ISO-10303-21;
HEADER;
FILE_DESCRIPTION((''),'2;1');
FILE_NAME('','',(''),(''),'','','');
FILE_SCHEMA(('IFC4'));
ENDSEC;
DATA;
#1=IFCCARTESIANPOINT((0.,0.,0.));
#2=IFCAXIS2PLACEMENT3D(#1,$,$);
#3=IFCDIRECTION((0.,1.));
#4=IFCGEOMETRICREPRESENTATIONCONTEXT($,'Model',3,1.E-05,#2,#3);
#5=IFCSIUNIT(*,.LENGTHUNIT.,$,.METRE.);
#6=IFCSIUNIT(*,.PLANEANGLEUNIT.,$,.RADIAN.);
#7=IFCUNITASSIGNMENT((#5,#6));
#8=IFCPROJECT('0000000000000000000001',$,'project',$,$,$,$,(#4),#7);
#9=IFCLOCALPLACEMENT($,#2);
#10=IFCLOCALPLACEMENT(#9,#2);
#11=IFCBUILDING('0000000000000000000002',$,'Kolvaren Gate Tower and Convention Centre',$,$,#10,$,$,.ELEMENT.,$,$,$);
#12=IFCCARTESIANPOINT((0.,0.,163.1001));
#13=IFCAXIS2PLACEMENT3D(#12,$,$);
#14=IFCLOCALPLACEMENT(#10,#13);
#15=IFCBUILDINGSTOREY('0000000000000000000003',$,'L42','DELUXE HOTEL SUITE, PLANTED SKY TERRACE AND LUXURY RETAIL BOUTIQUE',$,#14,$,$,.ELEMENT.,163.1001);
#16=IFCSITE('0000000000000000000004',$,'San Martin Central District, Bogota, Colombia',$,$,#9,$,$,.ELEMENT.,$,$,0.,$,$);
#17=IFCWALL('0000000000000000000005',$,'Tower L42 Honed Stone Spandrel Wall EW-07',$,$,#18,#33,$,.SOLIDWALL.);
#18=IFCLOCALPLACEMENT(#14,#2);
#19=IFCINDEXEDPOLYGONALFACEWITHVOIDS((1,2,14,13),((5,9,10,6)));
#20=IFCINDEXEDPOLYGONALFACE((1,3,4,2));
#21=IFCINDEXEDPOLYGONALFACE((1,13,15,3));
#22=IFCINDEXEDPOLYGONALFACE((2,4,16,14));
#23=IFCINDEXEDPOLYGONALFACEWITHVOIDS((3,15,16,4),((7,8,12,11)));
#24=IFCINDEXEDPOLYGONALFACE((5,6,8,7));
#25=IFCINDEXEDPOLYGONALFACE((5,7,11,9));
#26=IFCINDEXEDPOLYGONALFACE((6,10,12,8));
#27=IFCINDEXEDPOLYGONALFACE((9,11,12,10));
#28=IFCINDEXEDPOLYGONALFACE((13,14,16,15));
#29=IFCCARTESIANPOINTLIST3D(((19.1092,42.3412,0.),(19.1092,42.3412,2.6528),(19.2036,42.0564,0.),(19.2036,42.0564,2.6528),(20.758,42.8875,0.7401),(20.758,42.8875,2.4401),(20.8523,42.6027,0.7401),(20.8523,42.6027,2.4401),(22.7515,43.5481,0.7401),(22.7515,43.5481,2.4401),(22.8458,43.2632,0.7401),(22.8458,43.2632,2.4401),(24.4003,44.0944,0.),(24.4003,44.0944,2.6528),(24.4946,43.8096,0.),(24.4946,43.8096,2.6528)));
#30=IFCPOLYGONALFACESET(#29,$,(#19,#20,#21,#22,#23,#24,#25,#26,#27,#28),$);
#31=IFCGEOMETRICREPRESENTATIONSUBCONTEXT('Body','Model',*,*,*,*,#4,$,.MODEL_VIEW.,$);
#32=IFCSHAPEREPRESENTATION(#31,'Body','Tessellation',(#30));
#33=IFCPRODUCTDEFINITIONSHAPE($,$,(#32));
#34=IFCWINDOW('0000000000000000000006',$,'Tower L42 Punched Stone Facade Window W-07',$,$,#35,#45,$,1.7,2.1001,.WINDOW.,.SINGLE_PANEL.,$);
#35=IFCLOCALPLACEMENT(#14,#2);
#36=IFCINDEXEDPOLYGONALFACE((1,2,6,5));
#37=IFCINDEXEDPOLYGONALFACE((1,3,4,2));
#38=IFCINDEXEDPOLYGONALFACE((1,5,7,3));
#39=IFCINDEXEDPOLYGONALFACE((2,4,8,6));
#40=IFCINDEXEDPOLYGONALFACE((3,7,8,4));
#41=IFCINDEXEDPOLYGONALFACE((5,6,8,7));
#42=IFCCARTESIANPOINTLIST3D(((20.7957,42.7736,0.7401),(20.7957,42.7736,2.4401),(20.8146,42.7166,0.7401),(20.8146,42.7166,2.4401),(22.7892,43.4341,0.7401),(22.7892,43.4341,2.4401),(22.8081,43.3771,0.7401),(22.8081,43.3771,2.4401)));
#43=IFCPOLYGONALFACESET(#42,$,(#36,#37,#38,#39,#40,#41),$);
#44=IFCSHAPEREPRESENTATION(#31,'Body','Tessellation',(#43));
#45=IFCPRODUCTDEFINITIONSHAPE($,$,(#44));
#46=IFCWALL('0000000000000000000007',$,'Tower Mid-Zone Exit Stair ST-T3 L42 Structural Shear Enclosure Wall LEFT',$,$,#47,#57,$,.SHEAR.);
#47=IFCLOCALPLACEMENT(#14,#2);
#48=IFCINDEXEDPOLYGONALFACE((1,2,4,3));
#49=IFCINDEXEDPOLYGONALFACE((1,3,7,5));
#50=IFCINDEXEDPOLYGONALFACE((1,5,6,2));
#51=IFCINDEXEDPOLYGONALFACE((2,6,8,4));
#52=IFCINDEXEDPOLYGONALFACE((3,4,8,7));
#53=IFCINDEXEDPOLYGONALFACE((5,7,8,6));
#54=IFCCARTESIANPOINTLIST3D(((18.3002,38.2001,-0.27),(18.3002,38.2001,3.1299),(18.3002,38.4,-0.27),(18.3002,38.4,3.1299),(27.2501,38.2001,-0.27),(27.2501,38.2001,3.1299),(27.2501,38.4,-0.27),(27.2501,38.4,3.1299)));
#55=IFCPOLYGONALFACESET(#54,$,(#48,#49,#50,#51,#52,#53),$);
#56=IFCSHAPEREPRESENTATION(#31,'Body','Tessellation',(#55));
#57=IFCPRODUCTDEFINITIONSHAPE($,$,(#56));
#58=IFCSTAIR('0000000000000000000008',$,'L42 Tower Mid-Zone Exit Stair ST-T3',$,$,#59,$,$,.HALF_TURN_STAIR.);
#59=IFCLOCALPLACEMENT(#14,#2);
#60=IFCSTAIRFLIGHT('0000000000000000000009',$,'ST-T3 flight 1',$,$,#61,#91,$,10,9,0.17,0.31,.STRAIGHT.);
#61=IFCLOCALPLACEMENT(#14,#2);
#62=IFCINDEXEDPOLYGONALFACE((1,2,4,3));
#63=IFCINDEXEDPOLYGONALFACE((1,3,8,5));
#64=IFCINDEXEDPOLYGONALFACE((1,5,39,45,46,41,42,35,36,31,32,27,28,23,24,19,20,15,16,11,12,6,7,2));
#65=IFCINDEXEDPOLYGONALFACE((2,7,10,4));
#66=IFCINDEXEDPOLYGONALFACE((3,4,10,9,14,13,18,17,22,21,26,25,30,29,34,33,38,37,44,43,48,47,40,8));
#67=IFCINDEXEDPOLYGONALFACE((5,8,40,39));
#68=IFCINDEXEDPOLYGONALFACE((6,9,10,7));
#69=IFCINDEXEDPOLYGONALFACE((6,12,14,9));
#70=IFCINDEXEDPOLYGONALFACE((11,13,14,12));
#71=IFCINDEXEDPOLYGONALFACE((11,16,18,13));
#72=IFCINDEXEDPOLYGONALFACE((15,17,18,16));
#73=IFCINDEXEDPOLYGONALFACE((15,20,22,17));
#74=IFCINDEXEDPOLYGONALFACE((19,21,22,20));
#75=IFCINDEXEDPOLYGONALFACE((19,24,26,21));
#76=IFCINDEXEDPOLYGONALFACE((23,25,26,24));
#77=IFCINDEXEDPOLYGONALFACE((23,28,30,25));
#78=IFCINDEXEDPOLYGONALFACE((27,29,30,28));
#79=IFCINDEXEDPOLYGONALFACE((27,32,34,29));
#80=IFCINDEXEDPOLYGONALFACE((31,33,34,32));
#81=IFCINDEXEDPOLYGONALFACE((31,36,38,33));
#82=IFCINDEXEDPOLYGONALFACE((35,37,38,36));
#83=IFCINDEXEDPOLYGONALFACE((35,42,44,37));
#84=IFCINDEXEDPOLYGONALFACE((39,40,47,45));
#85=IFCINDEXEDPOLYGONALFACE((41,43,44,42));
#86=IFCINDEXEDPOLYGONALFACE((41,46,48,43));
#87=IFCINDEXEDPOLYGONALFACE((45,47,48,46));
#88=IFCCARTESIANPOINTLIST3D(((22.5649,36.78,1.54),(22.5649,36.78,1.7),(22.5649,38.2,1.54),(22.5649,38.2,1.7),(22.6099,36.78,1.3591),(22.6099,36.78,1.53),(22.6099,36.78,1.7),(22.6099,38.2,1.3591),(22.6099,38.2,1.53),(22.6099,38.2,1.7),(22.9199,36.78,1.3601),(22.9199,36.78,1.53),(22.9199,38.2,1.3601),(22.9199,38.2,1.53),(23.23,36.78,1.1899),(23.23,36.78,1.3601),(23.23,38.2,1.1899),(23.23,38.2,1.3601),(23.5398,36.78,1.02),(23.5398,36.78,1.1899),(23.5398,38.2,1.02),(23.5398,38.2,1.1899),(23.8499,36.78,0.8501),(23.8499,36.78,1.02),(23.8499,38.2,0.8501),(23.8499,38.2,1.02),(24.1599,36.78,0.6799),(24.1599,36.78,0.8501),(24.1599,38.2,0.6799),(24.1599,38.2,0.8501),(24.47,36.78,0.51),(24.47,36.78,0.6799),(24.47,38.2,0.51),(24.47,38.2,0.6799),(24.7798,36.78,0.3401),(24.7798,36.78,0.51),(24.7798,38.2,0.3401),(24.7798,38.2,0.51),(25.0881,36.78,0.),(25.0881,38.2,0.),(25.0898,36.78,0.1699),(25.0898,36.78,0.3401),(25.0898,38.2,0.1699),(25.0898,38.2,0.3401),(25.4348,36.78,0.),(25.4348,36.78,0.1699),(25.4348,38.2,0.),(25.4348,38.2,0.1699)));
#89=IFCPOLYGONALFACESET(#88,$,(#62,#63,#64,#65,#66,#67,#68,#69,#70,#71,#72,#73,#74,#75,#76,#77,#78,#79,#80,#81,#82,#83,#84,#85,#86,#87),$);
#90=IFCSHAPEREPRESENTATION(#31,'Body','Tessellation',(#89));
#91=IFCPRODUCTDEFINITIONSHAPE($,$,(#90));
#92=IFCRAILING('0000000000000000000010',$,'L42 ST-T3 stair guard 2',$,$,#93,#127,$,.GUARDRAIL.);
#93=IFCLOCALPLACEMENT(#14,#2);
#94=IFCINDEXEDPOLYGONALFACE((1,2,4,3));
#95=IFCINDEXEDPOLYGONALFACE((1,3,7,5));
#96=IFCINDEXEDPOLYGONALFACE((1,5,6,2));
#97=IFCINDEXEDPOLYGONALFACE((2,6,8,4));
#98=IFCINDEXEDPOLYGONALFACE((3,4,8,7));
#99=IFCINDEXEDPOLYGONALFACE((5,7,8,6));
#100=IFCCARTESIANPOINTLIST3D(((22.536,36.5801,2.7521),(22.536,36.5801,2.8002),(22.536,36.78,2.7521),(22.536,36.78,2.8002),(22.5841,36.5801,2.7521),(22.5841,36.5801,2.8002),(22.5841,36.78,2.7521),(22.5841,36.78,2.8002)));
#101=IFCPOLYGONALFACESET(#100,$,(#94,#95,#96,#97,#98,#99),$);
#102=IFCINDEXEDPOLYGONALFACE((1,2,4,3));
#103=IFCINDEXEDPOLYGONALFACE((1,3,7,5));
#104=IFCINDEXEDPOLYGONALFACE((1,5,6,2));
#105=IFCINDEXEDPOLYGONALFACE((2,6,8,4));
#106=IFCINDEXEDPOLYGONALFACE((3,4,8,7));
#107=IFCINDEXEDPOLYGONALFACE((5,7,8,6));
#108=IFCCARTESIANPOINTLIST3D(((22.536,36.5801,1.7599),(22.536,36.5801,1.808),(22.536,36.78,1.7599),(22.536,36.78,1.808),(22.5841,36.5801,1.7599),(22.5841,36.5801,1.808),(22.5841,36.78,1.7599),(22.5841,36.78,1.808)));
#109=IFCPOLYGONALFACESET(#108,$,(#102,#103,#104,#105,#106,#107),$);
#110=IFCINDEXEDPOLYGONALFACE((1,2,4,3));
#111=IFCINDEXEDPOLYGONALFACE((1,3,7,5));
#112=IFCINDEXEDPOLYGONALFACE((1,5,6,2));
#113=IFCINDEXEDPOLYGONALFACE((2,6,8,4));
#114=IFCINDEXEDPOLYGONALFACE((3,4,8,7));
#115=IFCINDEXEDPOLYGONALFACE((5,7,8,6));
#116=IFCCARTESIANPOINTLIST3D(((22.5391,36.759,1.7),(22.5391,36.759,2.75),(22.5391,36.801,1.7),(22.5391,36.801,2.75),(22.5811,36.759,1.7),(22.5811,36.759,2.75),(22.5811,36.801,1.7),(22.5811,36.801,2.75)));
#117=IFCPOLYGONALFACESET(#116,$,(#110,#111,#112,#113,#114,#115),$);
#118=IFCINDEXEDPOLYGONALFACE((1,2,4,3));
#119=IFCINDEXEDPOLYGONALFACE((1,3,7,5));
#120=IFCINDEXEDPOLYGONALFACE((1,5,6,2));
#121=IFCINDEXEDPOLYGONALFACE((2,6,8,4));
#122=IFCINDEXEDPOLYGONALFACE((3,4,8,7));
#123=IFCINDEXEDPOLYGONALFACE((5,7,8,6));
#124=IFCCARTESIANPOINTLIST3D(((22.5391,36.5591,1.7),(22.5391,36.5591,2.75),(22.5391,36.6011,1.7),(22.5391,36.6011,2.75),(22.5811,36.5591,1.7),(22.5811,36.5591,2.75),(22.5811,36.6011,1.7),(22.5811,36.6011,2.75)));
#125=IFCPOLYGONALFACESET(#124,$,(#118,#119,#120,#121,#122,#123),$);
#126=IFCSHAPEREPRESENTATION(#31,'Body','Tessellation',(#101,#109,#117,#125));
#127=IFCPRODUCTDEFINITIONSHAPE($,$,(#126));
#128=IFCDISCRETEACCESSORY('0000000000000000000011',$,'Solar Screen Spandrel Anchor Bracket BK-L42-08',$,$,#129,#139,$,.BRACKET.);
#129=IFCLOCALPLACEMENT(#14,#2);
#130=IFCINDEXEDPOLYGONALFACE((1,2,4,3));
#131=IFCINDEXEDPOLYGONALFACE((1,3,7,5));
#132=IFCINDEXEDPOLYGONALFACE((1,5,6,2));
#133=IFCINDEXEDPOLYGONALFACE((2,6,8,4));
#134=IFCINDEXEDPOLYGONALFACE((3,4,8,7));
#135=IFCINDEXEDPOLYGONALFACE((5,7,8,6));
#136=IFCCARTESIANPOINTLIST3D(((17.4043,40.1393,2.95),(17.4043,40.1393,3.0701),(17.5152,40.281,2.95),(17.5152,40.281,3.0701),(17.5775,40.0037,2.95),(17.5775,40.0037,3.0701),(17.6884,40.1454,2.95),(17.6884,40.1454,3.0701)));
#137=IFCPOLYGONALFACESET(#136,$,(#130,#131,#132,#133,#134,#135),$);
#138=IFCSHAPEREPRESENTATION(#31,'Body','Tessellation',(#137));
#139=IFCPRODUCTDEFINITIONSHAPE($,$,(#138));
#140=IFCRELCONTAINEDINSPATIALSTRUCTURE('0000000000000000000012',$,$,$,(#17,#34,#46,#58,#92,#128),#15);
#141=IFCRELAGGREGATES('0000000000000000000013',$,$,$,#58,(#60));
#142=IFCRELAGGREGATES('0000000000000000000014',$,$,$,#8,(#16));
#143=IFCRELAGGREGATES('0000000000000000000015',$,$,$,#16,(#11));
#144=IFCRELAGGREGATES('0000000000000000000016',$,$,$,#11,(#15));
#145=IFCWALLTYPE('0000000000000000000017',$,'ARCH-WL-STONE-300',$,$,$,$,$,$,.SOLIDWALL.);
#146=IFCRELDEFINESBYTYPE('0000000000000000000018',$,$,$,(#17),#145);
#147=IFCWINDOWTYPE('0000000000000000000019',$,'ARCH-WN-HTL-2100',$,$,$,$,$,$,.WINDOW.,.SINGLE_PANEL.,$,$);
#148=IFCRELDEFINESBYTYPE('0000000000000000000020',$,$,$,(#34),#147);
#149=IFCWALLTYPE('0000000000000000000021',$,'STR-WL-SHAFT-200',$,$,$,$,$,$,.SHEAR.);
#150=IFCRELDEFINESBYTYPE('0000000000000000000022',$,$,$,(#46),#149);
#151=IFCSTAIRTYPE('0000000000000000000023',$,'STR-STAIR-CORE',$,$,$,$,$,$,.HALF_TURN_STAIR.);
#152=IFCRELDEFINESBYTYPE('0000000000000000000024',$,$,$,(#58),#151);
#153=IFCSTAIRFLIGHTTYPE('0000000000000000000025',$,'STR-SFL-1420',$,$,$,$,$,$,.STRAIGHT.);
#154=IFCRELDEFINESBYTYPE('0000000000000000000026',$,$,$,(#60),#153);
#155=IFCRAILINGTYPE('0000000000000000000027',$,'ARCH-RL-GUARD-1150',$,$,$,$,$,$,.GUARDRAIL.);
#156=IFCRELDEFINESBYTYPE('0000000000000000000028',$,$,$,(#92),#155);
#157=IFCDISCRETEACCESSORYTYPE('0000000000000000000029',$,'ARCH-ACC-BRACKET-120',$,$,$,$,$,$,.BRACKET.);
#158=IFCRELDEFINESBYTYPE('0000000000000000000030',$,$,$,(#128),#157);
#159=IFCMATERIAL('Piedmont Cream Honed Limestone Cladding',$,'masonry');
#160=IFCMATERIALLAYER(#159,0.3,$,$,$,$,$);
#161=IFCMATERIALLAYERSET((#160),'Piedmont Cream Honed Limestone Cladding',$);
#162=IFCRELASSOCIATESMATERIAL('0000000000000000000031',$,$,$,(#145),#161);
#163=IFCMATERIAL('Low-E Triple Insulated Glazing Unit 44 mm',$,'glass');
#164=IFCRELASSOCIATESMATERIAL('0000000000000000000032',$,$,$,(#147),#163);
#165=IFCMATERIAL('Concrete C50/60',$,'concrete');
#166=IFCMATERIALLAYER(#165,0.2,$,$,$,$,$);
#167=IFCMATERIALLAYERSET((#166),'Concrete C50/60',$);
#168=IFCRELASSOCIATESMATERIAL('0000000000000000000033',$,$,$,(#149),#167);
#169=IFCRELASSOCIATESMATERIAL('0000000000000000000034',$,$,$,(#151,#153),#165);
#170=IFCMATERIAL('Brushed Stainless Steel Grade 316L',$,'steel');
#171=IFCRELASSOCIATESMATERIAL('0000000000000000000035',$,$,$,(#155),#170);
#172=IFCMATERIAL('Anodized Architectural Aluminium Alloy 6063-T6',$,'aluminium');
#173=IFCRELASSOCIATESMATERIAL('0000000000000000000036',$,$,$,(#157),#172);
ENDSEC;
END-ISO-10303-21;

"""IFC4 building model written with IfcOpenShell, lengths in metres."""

from ifc_helpers import new_model, si_unit, direction, frame, frame_2d, origin, origin_2d, place, context, subcontext, project, spatial, polyline, rectangle, outline, extrude, material, layer, layer_set, type_object, element, fill, aggregate, save


model = new_model("IFC4")

# Units and contexts
model_context = context("Model", 3, precision=1e-05, world=origin(), true_north=direction((0.0, 1.0)))
body_context = subcontext(model_context, "Body", "Model", "MODEL_VIEW")
ifc_project = project(units=[si_unit("LENGTHUNIT", "METRE"), si_unit("PLANEANGLEUNIT", "RADIAN")], contexts=[model_context])

# Site, building, storey
site_placement = place(None, origin())
site = spatial("IfcSite", under=ifc_project, at=site_placement, Name="San Martin Central District, Bogota, Colombia", CompositionType="ELEMENT", RefElevation=0.0)
building_placement = place(site_placement, origin())
building = spatial("IfcBuilding", under=site, at=building_placement, Name="Kolvaren Gate Tower and Convention Centre", CompositionType="ELEMENT")
storey_placement = place(building_placement, frame((0.0, 0.0, 163.1001)))
storey = spatial("IfcBuildingStorey", under=building, at=storey_placement, Name="L42", Description="DELUXE HOTEL SUITE, PLANTED SKY TERRACE AND LUXURY RETAIL BOUTIQUE", CompositionType="ELEMENT", Elevation=163.1001)

# Shared definitions
ifc_material_1 = material(Name="Anodized Architectural Aluminium Alloy 6063-T6", Category="aluminium")

# Shared definitions
ifc_material_2 = material(Name="Low-E Triple Insulated Glazing Unit 44 mm", Category="glass")

# Wall, opening, window
ifc_material_3 = material(Name="Piedmont Cream Honed Limestone Cladding", Category="masonry")
ifc_layer_1 = layer(ifc_material_3, 0.3)
ifc_layer_set_1 = layer_set([ifc_layer_1], Name="Piedmont Cream Honed Limestone Cladding")
wall_type_1 = type_object("IfcWallType", Name="ARCH-WL-STONE-300", PredefinedType="SOLIDWALL", material=ifc_layer_set_1)
window_type = type_object("IfcWindowType", Name="ARCH-WN-HTL-2100", PartitioningType="SINGLE_PANEL", PredefinedType="WINDOW", material=ifc_material_2)
wall_1_placement = place(storey_placement, frame((19.1562, 42.1987, 0.0), z_axis=(0.0, 0.0, 1.0), x_axis=(0.949247, 0.314532, 0.0)))
wall_1 = element("IfcWall", 1, at=wall_1_placement, inside=storey, type_object=wall_type_1, Name="Tower L42 Honed Stone Spandrel Wall EW-07", PredefinedType="SOLIDWALL", context=body_context, shape_type="SweptSolid", body=[
    extrude(rectangle(XDim=5.574, YDim=0.3, at=frame_2d((2.7871, 0.0))), origin(), (0.0, 0.0, 1.0), 2.6528),
])
opening_1_placement = place(wall_1_placement, frame((1.7371, 0.0, 0.74)))
opening_1 = element("IfcOpeningElement", 2, at=opening_1_placement, cuts=wall_1, PredefinedType="OPENING", context=body_context, shape_type="SweptSolid", body=[
    extrude(rectangle(XDim=2.1001, YDim=1.7, at=frame_2d((1.05, 0.8501))), frame((0.0, 0.1599, 0.0), z_axis=(0.0, -1.0, 0.0), x_axis=(1.0, 0.0, 0.0)), (0.0, 0.0, 1.0), 0.3201),
])
window_1_placement = place(opening_1_placement, origin())
window_1 = element("IfcWindow", 3, at=window_1_placement, inside=storey, type_object=window_type, Name="Tower L42 Punched Stone Facade Window W-07", OverallHeight=1.7, OverallWidth=2.1001, PartitioningType="SINGLE_PANEL", PredefinedType="WINDOW", context=body_context, shape_type="SweptSolid", body=[
    extrude(rectangle(XDim=2.1001, YDim=1.7, at=frame_2d((1.05, 0.8501))), frame((0.0, 0.03, 0.0), z_axis=(0.0, -1.0, 0.0), x_axis=(1.0, 0.0, 0.0)), (0.0, 0.0, 1.0), 0.0601),
])
fill(opening_1, window_1)

# Wall
ifc_material_4 = material(Name="Concrete C50/60", Category="concrete")
ifc_layer_2 = layer(ifc_material_4, 0.2)
ifc_layer_set_2 = layer_set([ifc_layer_2], Name="Concrete C50/60")
wall_type_2 = type_object("IfcWallType", Name="STR-WL-SHAFT-200", PredefinedType="SHEAR", material=ifc_layer_set_2)
wall_2_placement = place(storey_placement, frame((18.3, 38.3, -0.27), z_axis=(0.0, 0.0, 1.0), x_axis=(1.0, 0.0, 0.0)))
element("IfcWall", 4, at=wall_2_placement, inside=storey, type_object=wall_type_2, Name="Tower Mid-Zone Exit Stair ST-T3 L42 Structural Shear Enclosure Wall LEFT", PredefinedType="SHEAR", context=body_context, shape_type="SweptSolid", body=[
    extrude(rectangle(XDim=8.95, YDim=0.2, at=frame_2d((4.4751, 0.0))), origin(), (0.0, 0.0, 1.0), 3.3999),
])

# Stair, stair flight
stair_type = type_object("IfcStairType", Name="STR-STAIR-CORE", PredefinedType="HALF_TURN_STAIR", material=ifc_material_4)
stair_placement = place(storey_placement, origin())
stair = element("IfcStair", 5, at=stair_placement, inside=storey, type_object=stair_type, Name="L42 Tower Mid-Zone Exit Stair ST-T3", PredefinedType="HALF_TURN_STAIR")
stair_flight_type = type_object("IfcStairFlightType", Name="STR-SFL-1420", PredefinedType="STRAIGHT", material=ifc_material_4)
stair_flight_placement = place(storey_placement, frame((25.3999, 37.49, 0.0), z_axis=(0.0, 0.0, 1.0), x_axis=(-1.0, 0.0, 0.0)))
stair_flight = element("IfcStairFlight", 6, at=stair_flight_placement, type_object=stair_flight_type, Name="ST-T3 flight 1", NumberOfRisers=10, NumberOfTreads=9, PredefinedType="STRAIGHT", RiserHeight=0.17, TreadLength=0.31, context=body_context, shape_type="SweptSolid", body=[
    extrude(outline(polyline([(-0.0349, 0.0), (-0.0349, 0.1699), (0.3101, 0.1699), (0.3101, 0.3401), (0.6201, 0.3401), (0.6201, 0.51), (0.9299, 0.51), (0.9299, 0.6799), (1.24, 0.6799), (1.24, 0.8501), (1.55, 0.8501), (1.55, 1.02), (1.8601, 1.02), (1.8601, 1.1899), (2.1699, 1.1899), (2.1699, 1.3601), (2.48, 1.3601), (2.48, 1.53), (2.79, 1.53), (2.79, 1.7), (2.835, 1.7), (2.835, 1.54), (2.79, 1.3591), (0.3118, 0.0), (-0.0349, 0.0)])), frame((0.0, 0.71, 0.0), z_axis=(0.0, -1.0, 0.0), x_axis=(1.0, 0.0, 0.0)), (0.0, 0.0, 1.0), 1.4199),
])
aggregate(stair, [stair_flight])

# Railing
ifc_material_5 = material(Name="Brushed Stainless Steel Grade 316L", Category="steel")
railing_type = type_object("IfcRailingType", Name="ARCH-RL-GUARD-1150", PredefinedType="GUARDRAIL", material=ifc_material_5)
railing_placement = place(storey_placement, frame((22.5601, 36.78, 1.7)))
element("IfcRailing", 7, at=railing_placement, inside=storey, type_object=railing_type, Name="L42 ST-T3 stair guard 2", PredefinedType="GUARDRAIL", context=body_context, shape_type="SweptSolid", body=[
    extrude(rectangle(XDim=0.0481, YDim=0.0481, at=origin_2d()), frame((0.0, 0.0, 1.0762), z_axis=(0.0, -1.0, 0.0), x_axis=(1.0, 0.0, 0.0)), (0.0, 0.0, 1.0), 0.2),
    extrude(rectangle(XDim=0.0481, YDim=0.0481, at=origin_2d()), frame((0.0, 0.0, 0.084), z_axis=(0.0, -1.0, 0.0), x_axis=(1.0, 0.0, 0.0)), (0.0, 0.0, 1.0), 0.2),
    extrude(rectangle(XDim=0.042, YDim=0.042, at=origin_2d()), origin(), (0.0, 0.0, 1.0), 1.05),
    extrude(rectangle(XDim=0.042, YDim=0.042, at=origin_2d()), frame((0.0, -0.2, 0.0)), (0.0, 0.0, 1.0), 1.05),
])

# Discrete accessory
discrete_accessory_type = type_object("IfcDiscreteAccessoryType", Name="ARCH-ACC-BRACKET-120", PredefinedType="BRACKET", material=ifc_material_1)
discrete_accessory_placement = place(storey_placement, frame((17.5464, 40.1423, 2.95), z_axis=(0.0, 0.0, 1.0), x_axis=(0.616446, 0.787397, 0.0)))
element("IfcDiscreteAccessory", 8, at=discrete_accessory_placement, inside=storey, type_object=discrete_accessory_type, Name="Solar Screen Spandrel Anchor Bracket BK-L42-08", PredefinedType="BRACKET", context=body_context, shape_type="SweptSolid", body=[
    extrude(rectangle(XDim=0.1799, YDim=0.22, at=origin_2d()), origin(), (0.0, 0.0, 1.0), 0.1201),
])

save(model, "model.ifc")
